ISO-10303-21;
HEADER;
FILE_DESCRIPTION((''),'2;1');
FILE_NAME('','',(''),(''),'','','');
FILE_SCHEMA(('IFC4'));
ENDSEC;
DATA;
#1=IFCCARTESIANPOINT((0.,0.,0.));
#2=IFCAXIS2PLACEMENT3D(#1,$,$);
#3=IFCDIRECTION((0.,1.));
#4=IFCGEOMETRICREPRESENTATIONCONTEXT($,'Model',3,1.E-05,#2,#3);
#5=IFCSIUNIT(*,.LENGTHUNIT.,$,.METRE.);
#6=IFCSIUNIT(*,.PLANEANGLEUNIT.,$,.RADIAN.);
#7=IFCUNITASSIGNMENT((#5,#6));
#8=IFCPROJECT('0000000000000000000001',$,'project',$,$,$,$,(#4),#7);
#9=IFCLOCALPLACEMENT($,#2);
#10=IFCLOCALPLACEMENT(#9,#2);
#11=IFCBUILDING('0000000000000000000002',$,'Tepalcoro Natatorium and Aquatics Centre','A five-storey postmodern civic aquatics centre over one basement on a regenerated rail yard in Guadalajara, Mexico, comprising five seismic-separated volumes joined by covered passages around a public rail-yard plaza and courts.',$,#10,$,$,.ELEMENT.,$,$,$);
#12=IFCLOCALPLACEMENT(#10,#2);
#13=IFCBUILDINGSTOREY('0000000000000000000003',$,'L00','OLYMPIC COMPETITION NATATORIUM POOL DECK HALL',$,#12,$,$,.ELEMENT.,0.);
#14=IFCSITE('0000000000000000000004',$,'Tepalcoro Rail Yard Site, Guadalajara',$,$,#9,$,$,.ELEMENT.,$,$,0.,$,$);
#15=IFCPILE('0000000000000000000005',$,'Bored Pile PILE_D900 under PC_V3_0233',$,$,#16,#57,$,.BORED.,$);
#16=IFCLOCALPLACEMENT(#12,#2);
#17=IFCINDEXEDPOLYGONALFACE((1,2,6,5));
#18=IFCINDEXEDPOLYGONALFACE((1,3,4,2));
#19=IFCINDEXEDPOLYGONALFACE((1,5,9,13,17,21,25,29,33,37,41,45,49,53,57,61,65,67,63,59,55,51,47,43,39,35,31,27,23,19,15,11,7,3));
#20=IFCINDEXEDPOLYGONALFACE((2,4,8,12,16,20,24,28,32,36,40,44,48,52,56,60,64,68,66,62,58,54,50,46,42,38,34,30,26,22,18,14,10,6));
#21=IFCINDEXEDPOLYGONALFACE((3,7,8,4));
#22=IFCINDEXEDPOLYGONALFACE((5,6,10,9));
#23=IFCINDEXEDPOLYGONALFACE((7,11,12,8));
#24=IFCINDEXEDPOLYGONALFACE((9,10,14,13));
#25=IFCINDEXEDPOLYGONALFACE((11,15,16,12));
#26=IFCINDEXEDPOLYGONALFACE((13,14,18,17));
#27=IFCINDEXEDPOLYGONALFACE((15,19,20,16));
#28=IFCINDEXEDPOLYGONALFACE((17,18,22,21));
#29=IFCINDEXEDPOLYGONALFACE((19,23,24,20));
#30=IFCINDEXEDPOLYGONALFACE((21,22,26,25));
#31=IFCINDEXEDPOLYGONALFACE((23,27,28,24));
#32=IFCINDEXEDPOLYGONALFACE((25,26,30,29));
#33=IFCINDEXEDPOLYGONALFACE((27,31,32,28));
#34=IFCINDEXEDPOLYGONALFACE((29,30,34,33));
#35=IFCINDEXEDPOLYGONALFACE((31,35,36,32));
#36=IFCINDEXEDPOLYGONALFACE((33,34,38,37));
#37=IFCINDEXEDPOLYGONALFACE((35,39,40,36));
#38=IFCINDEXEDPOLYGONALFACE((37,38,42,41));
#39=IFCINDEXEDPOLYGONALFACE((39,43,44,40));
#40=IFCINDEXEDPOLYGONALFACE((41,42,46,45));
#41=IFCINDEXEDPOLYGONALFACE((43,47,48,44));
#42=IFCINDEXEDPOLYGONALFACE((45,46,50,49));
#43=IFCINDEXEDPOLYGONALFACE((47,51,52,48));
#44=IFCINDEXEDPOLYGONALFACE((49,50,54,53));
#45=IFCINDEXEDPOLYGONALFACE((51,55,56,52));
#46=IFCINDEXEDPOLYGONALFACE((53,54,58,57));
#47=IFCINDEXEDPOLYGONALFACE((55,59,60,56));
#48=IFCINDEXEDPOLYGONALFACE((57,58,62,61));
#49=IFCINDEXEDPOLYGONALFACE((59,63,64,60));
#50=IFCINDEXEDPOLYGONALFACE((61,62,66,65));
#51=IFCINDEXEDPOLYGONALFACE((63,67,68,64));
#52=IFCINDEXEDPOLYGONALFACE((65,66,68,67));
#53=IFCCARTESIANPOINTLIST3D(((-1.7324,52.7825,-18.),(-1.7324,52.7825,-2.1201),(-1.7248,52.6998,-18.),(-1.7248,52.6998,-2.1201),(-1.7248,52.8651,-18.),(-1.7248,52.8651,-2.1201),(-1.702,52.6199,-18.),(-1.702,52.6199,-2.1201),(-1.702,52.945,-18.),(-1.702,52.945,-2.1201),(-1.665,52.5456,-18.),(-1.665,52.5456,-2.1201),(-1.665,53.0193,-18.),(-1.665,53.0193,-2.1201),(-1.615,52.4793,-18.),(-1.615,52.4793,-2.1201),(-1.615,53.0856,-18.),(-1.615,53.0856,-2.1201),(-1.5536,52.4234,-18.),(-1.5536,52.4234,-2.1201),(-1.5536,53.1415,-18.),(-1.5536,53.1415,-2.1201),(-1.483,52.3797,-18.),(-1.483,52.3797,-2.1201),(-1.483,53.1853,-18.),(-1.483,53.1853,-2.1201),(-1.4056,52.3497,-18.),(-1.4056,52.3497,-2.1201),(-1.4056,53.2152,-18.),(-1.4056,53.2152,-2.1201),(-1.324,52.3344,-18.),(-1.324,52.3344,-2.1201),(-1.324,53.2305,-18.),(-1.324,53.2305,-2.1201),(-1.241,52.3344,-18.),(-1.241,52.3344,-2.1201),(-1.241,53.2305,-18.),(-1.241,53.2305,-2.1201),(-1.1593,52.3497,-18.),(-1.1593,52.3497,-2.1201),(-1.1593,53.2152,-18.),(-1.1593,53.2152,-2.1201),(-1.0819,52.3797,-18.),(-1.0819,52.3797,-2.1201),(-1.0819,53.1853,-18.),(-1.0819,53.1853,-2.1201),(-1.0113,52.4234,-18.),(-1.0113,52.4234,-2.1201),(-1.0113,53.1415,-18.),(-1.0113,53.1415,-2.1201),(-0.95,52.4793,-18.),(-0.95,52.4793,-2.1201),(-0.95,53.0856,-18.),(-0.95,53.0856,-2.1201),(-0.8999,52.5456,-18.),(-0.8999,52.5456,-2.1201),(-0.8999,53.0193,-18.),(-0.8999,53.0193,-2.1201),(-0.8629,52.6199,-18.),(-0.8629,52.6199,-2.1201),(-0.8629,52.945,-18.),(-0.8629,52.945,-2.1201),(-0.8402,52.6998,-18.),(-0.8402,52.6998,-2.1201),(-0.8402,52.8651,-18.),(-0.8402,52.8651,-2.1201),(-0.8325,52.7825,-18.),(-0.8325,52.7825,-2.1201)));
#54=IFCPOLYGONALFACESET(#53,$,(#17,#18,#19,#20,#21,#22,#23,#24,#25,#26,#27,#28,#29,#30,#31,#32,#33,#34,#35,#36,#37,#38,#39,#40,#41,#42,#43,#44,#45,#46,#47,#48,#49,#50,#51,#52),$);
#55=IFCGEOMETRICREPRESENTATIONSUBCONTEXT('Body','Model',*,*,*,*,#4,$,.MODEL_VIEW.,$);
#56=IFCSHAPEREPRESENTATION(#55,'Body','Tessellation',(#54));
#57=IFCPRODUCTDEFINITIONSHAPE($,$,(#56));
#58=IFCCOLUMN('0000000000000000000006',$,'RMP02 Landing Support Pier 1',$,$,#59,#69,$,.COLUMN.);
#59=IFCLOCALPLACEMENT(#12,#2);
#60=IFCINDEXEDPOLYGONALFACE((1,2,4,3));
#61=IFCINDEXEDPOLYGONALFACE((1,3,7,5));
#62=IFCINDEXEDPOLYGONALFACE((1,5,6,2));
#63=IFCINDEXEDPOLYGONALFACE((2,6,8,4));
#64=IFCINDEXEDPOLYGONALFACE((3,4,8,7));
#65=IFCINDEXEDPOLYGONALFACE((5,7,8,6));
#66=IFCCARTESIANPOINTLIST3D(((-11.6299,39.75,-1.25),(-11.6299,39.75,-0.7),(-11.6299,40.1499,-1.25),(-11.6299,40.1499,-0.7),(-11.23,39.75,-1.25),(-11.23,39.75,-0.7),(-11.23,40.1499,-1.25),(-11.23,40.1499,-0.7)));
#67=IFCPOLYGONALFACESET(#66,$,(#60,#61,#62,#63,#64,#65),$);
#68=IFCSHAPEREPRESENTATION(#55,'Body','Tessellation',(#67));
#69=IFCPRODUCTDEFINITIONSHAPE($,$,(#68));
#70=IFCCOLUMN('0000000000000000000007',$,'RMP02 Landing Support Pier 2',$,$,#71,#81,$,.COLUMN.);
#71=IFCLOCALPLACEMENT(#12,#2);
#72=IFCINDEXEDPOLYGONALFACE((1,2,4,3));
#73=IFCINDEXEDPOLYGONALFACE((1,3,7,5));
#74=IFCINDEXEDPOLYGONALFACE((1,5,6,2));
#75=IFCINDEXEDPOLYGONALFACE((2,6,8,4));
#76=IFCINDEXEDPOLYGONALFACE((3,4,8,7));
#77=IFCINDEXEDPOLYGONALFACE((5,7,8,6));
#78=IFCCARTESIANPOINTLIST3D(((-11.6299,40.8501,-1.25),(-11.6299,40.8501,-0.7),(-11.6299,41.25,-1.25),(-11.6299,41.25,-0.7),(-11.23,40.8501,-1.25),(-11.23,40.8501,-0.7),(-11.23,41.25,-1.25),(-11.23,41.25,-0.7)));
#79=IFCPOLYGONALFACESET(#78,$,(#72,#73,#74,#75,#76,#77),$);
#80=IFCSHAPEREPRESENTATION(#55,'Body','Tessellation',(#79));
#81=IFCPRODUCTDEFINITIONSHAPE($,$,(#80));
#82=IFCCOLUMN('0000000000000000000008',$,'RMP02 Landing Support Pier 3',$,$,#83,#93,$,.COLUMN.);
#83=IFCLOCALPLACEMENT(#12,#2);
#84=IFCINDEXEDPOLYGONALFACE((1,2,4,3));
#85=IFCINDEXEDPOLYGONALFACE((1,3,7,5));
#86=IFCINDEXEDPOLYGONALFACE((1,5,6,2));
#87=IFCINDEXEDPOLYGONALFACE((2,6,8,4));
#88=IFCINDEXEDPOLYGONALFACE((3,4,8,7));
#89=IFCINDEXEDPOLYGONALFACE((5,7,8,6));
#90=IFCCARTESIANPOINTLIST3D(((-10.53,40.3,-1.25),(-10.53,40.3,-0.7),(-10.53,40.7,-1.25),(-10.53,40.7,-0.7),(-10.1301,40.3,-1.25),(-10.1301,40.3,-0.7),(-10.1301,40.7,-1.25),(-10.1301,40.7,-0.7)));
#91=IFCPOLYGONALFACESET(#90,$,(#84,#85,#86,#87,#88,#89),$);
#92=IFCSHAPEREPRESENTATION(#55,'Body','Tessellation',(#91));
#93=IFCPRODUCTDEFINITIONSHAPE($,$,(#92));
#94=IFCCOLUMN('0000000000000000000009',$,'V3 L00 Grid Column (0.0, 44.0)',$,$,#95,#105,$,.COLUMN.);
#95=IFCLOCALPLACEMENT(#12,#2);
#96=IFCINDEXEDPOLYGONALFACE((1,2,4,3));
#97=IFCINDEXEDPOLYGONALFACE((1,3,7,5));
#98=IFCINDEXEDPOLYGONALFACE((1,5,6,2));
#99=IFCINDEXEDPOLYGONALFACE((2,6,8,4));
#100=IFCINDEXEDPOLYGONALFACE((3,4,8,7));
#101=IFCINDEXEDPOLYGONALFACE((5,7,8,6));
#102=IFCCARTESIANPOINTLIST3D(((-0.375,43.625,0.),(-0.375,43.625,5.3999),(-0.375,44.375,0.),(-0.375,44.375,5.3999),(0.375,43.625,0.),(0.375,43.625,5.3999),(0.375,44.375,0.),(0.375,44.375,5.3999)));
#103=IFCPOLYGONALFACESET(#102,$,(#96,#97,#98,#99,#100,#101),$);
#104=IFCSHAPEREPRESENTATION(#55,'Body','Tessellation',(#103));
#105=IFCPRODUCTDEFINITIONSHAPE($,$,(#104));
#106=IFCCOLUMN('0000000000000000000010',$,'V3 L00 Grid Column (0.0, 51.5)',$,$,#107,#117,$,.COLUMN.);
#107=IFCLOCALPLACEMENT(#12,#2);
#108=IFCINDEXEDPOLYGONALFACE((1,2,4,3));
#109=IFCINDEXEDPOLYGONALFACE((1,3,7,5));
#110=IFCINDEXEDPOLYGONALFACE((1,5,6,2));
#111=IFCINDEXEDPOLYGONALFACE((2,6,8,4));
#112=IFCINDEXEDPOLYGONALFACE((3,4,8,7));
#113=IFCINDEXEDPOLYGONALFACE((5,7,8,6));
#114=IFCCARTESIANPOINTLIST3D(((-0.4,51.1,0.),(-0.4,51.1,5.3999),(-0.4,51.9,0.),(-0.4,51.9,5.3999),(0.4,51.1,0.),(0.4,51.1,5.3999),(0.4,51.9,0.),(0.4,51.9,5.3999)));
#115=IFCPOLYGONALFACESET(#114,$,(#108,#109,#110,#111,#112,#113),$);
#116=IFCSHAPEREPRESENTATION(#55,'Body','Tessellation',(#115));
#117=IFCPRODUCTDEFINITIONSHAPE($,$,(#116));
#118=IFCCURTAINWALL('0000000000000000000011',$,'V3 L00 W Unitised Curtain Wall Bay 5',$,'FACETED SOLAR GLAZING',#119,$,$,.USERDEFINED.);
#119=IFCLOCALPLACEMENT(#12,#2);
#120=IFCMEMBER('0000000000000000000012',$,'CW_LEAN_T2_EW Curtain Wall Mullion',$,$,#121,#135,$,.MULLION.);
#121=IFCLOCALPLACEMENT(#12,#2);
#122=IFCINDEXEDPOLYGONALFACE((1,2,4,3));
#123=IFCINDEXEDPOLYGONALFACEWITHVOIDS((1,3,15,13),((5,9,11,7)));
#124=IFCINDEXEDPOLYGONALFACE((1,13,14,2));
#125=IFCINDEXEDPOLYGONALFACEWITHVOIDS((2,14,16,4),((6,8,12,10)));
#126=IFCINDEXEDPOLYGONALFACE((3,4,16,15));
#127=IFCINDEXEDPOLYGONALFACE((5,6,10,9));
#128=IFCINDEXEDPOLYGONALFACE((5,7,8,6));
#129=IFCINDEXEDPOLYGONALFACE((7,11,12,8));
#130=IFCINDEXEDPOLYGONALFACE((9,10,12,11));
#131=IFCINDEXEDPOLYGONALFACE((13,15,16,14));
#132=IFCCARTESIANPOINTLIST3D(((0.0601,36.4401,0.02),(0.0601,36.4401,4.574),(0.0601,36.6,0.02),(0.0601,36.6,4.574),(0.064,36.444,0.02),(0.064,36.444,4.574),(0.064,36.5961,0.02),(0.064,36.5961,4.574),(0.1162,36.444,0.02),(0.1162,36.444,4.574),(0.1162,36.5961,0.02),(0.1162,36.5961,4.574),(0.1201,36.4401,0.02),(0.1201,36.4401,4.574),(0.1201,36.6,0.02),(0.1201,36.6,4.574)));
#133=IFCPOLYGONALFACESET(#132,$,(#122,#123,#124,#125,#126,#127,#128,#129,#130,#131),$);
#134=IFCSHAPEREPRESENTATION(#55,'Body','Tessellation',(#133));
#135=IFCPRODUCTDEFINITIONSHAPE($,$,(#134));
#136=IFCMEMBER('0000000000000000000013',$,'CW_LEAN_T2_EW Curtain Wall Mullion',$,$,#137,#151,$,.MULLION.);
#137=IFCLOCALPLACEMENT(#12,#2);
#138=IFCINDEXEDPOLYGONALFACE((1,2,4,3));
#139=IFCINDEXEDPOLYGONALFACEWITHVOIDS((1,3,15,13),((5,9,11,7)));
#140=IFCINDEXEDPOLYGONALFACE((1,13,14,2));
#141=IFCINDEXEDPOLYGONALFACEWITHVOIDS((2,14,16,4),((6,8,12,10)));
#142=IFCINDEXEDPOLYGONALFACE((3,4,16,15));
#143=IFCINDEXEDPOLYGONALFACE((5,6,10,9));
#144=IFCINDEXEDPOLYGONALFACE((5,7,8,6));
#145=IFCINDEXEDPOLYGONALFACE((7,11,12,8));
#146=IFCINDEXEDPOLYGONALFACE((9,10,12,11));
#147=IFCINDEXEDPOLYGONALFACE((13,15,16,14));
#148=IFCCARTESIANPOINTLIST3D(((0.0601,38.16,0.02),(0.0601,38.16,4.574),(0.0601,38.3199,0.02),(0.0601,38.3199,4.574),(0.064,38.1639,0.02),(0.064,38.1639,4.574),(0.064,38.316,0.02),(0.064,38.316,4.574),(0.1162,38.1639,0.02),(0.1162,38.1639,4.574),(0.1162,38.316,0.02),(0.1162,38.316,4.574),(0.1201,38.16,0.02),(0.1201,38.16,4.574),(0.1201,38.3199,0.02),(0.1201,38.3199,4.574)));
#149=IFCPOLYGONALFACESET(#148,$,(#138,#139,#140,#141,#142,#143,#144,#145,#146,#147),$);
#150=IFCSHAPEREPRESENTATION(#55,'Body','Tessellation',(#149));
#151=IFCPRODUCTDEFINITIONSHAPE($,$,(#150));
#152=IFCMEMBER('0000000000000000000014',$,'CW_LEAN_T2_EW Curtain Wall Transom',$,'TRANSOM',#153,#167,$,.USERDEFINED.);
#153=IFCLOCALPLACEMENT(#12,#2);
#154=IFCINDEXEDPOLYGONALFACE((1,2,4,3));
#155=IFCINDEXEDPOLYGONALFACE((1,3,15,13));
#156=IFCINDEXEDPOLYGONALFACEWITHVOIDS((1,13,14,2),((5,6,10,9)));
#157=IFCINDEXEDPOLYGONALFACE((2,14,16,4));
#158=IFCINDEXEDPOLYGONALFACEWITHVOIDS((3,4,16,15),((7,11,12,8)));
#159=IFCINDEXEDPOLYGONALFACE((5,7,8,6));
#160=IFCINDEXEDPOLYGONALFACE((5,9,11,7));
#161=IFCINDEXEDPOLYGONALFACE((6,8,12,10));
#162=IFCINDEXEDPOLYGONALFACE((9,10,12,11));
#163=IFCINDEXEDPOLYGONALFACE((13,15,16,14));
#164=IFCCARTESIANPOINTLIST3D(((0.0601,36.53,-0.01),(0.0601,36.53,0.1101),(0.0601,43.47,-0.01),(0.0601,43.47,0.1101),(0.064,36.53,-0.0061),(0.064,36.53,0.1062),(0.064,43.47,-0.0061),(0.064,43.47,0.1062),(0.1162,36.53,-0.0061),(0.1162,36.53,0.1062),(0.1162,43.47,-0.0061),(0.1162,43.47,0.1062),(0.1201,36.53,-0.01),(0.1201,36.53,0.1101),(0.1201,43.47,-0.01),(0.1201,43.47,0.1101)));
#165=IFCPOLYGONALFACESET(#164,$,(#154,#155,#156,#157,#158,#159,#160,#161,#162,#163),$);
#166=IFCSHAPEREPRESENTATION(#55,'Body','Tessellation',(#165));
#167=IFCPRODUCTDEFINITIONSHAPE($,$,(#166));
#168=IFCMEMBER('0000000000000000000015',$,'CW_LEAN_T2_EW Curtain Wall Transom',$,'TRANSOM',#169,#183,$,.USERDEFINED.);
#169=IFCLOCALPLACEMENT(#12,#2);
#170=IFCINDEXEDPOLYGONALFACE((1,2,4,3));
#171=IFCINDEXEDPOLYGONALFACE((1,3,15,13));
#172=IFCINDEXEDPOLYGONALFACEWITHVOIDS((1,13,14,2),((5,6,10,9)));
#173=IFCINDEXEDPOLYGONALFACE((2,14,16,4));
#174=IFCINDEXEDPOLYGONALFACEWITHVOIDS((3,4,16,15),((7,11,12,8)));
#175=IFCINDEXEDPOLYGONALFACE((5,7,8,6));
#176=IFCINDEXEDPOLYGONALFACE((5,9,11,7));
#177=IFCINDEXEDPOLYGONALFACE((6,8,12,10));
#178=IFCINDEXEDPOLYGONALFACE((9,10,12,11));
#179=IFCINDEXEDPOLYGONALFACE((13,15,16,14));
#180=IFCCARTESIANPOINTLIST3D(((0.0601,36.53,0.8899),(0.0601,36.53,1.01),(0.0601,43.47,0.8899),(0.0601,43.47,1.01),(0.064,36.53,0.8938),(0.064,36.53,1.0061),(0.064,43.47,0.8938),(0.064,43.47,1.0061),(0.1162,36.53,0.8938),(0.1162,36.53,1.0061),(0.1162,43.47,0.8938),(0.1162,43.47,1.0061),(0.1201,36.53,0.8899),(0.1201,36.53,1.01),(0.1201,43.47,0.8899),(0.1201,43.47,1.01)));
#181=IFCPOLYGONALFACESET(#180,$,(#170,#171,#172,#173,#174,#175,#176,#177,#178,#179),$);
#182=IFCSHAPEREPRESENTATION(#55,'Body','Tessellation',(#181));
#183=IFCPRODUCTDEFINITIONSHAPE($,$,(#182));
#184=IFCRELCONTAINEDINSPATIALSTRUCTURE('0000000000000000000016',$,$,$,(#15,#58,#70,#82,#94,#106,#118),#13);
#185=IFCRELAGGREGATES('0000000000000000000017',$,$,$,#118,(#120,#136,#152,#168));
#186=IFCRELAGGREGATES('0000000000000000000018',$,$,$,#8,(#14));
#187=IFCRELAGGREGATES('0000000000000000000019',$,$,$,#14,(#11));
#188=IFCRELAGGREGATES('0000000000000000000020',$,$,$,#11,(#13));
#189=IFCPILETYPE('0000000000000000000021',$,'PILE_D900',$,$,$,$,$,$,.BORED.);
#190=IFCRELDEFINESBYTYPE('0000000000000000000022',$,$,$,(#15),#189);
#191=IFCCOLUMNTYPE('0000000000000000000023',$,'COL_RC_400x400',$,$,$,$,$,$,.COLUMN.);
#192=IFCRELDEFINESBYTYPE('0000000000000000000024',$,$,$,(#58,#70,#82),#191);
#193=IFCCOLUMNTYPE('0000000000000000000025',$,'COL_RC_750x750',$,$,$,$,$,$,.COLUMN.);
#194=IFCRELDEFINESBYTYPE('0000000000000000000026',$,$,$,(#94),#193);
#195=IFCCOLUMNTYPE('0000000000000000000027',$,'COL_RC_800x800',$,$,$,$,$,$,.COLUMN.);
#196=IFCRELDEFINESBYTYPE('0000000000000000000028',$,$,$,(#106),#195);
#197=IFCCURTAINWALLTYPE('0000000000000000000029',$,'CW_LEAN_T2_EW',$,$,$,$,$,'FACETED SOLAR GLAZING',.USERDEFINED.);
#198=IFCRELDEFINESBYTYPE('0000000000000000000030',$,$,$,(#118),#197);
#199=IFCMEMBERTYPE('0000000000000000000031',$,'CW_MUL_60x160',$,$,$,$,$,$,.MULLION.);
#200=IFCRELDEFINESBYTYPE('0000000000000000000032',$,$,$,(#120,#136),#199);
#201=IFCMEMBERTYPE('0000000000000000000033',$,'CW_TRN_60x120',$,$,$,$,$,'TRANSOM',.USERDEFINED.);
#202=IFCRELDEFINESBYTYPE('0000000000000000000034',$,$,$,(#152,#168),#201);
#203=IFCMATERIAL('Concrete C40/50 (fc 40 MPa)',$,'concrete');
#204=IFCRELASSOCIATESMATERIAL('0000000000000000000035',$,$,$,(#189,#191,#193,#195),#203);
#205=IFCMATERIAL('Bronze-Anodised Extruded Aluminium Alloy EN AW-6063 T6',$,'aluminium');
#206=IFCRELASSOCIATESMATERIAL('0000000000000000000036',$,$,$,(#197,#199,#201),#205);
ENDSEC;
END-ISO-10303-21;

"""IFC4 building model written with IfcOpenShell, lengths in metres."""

from ifc_helpers import new_model, si_unit, direction, frame, origin, origin_2d, place, context, subcontext, project, spatial, rectangle, hollow_rectangle, circle, extrude, material, material_profile, profile_set, type_object, element, aggregate, save


model = new_model("IFC4")

# Units and contexts
model_context = context("Model", 3, precision=1e-05, world=origin(), true_north=direction((0.0, 1.0)))
body_context = subcontext(model_context, "Body", "Model", "MODEL_VIEW")
ifc_project = project(units=[si_unit("LENGTHUNIT", "METRE"), si_unit("PLANEANGLEUNIT", "RADIAN")], contexts=[model_context])

# Site, building, storey
site_placement = place(None, origin())
site = spatial("IfcSite", under=ifc_project, at=site_placement, Name="Tepalcoro Rail Yard Site, Guadalajara", CompositionType="ELEMENT", RefElevation=0.0)
building_placement = place(site_placement, origin())
building = spatial("IfcBuilding", under=site, at=building_placement, Name="Tepalcoro Natatorium and Aquatics Centre", Description="A five-storey postmodern civic aquatics centre over one basement on a regenerated rail yard in Guadalajara, Mexico, comprising five seismic-separated volumes joined by covered passages around a public rail-yard plaza and courts.", CompositionType="ELEMENT")
storey_placement = place(building_placement, origin())
storey = spatial("IfcBuildingStorey", under=building, at=storey_placement, Name="L00", Description="OLYMPIC COMPETITION NATATORIUM POOL DECK HALL", CompositionType="ELEMENT", Elevation=0.0)

# Pile
ifc_material_1 = material(Name="Concrete C40/50 (fc 40 MPa)", Category="concrete")
ifc_material_profile_1 = material_profile(ifc_material_1, circle(Radius=0.45, at=origin_2d()), Name="PILE_D900")
ifc_profile_set_1 = profile_set([ifc_material_profile_1], Name="Concrete C40/50 (fc 40 MPa)")
pile_type_1 = type_object("IfcPileType", Name="PILE_D900", PredefinedType="BORED", material=ifc_profile_set_1)
for number, where, z_axis, x_axis, name in (
    (1, (-1.2825, 52.7825, -2.1201), (0.0, 0.0, -1.0), (1.0, 0.0, 0.0), "Bored Pile PILE_D900 under PC_V3_0233"),
):
    element("IfcPile", number, at=place(storey_placement, frame(where, z_axis=z_axis, x_axis=x_axis)), inside=storey, type_object=pile_type_1, Name=name, PredefinedType="BORED", context=body_context, shape_type="SweptSolid", body=[
        extrude(circle(Radius=0.45, at=origin_2d()), origin(), (0.0, 0.0, 1.0), 15.8799),
    ])

# Columns
ifc_material_profile_2 = material_profile(ifc_material_1, rectangle(XDim=0.3999, YDim=0.3999, at=origin_2d()), Name="RC400x400")
ifc_profile_set_2 = profile_set([ifc_material_profile_2], Name="Concrete C40/50 (fc 40 MPa)")
column_type_1 = type_object("IfcColumnType", Name="COL_RC_400x400", PredefinedType="COLUMN", material=ifc_profile_set_2)
for number, where, z_axis, x_axis, name in (
    (2, (-11.4299, 39.95, -1.25), (0.0, 0.0, 1.0), (1.0, 0.0, 0.0), "RMP02 Landing Support Pier 1"),
    (3, (-11.4299, 41.05, -1.25), (0.0, 0.0, 1.0), (1.0, 0.0, 0.0), "RMP02 Landing Support Pier 2"),
    (4, (-10.3301, 40.5, -1.25), (0.0, 0.0, 1.0), (1.0, 0.0, 0.0), "RMP02 Landing Support Pier 3"),
):
    element("IfcColumn", number, at=place(storey_placement, frame(where, z_axis=z_axis, x_axis=x_axis)), inside=storey, type_object=column_type_1, Name=name, PredefinedType="COLUMN", context=body_context, shape_type="SweptSolid", body=[
        extrude(rectangle(XDim=0.3999, YDim=0.3999, at=origin_2d()), origin(), (0.0, 0.0, 1.0), 0.55),
    ])
ifc_material_profile_3 = material_profile(ifc_material_1, rectangle(XDim=0.75, YDim=0.75, at=origin_2d()), Name="RC750x750")
ifc_profile_set_3 = profile_set([ifc_material_profile_3], Name="Concrete C40/50 (fc 40 MPa)")
column_type_2 = type_object("IfcColumnType", Name="COL_RC_750x750", PredefinedType="COLUMN", material=ifc_profile_set_3)
column_1_placement = place(storey_placement, frame((0.0, 44.0, 0.0), z_axis=(0.0, 0.0, 1.0), x_axis=(1.0, 0.0, 0.0)))
element("IfcColumn", 5, at=column_1_placement, inside=storey, type_object=column_type_2, Name="V3 L00 Grid Column (0.0, 44.0)", PredefinedType="COLUMN", context=body_context, shape_type="SweptSolid", body=[
    extrude(rectangle(XDim=0.75, YDim=0.75, at=origin_2d()), origin(), (0.0, 0.0, 1.0), 5.3999),
])
ifc_material_profile_4 = material_profile(ifc_material_1, rectangle(XDim=0.8, YDim=0.8, at=origin_2d()), Name="RC800x800")
ifc_profile_set_4 = profile_set([ifc_material_profile_4], Name="Concrete C40/50 (fc 40 MPa)")
column_type_3 = type_object("IfcColumnType", Name="COL_RC_800x800", PredefinedType="COLUMN", material=ifc_profile_set_4)
column_2_placement = place(storey_placement, frame((0.0, 51.5, 0.0), z_axis=(0.0, 0.0, 1.0), x_axis=(1.0, 0.0, 0.0)))
element("IfcColumn", 6, at=column_2_placement, inside=storey, type_object=column_type_3, Name="V3 L00 Grid Column (0.0, 51.5)", PredefinedType="COLUMN", context=body_context, shape_type="SweptSolid", body=[
    extrude(rectangle(XDim=0.8, YDim=0.8, at=origin_2d()), origin(), (0.0, 0.0, 1.0), 5.3999),
])

# Curtain wall, members
ifc_material_2 = material(Name="Bronze-Anodised Extruded Aluminium Alloy EN AW-6063 T6", Category="aluminium")
curtain_wall_type = type_object("IfcCurtainWallType", Name="CW_LEAN_T2_EW", ElementType="FACETED SOLAR GLAZING", PredefinedType="USERDEFINED", material=ifc_material_2)
curtain_wall_placement = place(storey_placement, origin())
curtain_wall = element("IfcCurtainWall", 7, at=curtain_wall_placement, inside=storey, type_object=curtain_wall_type, Name="V3 L00 W Unitised Curtain Wall Bay 5", ObjectType="FACETED SOLAR GLAZING", PredefinedType="USERDEFINED")
ifc_material_profile_5 = material_profile(ifc_material_2, hollow_rectangle(XDim=0.0601, YDim=0.1599, WallThickness=0.0039, at=origin_2d()), Name="AL60X160X4")
ifc_profile_set_5 = profile_set([ifc_material_profile_5], Name="Bronze-Anodised Extruded Aluminium Alloy EN AW-6063 T6")
member_type_1 = type_object("IfcMemberType", Name="CW_MUL_60x160", PredefinedType="MULLION", material=ifc_profile_set_5)
member_1_placement = place(storey_placement, frame((0.0901, 36.52, 0.02), z_axis=(0.0, 0.0, 1.0), x_axis=(1.0, 0.0, 0.0)))
member_1 = element("IfcMember", 8, at=member_1_placement, type_object=member_type_1, Name="CW_LEAN_T2_EW Curtain Wall Mullion", PredefinedType="MULLION", context=body_context, shape_type="SweptSolid", body=[
    extrude(hollow_rectangle(XDim=0.0601, YDim=0.1599, WallThickness=0.0039, at=origin_2d()), origin(), (0.0, 0.0, 1.0), 4.554),
])
member_2_placement = place(storey_placement, frame((0.0901, 38.24, 0.02), z_axis=(0.0, 0.0, 1.0), x_axis=(1.0, 0.0, 0.0)))
member_2 = element("IfcMember", 9, at=member_2_placement, type_object=member_type_1, Name="CW_LEAN_T2_EW Curtain Wall Mullion", PredefinedType="MULLION", context=body_context, shape_type="SweptSolid", body=[
    extrude(hollow_rectangle(XDim=0.0601, YDim=0.1599, WallThickness=0.0039, at=origin_2d()), origin(), (0.0, 0.0, 1.0), 4.554),
])
ifc_material_profile_6 = material_profile(ifc_material_2, hollow_rectangle(XDim=0.0601, YDim=0.1201, WallThickness=0.0039, at=origin_2d()), Name="AL60X120X4")
ifc_profile_set_6 = profile_set([ifc_material_profile_6], Name="Bronze-Anodised Extruded Aluminium Alloy EN AW-6063 T6")
member_type_2 = type_object("IfcMemberType", Name="CW_TRN_60x120", ElementType="TRANSOM", PredefinedType="USERDEFINED", material=ifc_profile_set_6)
member_3_placement = place(storey_placement, frame((0.0901, 36.53, 0.05), z_axis=(0.0, 1.0, 0.0), x_axis=(-1.0, 0.0, 0.0)))
member_3 = element("IfcMember", 10, at=member_3_placement, type_object=member_type_2, Name="CW_LEAN_T2_EW Curtain Wall Transom", ObjectType="TRANSOM", PredefinedType="USERDEFINED", context=body_context, shape_type="SweptSolid", body=[
    extrude(hollow_rectangle(XDim=0.0601, YDim=0.1201, WallThickness=0.0039, at=origin_2d()), origin(), (0.0, 0.0, 1.0), 6.9399),
])
member_4_placement = place(storey_placement, frame((0.0901, 36.53, 0.95), z_axis=(0.0, 1.0, 0.0), x_axis=(-1.0, 0.0, 0.0)))
member_4 = element("IfcMember", 11, at=member_4_placement, type_object=member_type_2, Name="CW_LEAN_T2_EW Curtain Wall Transom", ObjectType="TRANSOM", PredefinedType="USERDEFINED", context=body_context, shape_type="SweptSolid", body=[
    extrude(hollow_rectangle(XDim=0.0601, YDim=0.1201, WallThickness=0.0039, at=origin_2d()), origin(), (0.0, 0.0, 1.0), 6.9399),
])

aggregate(curtain_wall, [member_1, member_2, member_3, member_4])

save(model, "model.ifc")
